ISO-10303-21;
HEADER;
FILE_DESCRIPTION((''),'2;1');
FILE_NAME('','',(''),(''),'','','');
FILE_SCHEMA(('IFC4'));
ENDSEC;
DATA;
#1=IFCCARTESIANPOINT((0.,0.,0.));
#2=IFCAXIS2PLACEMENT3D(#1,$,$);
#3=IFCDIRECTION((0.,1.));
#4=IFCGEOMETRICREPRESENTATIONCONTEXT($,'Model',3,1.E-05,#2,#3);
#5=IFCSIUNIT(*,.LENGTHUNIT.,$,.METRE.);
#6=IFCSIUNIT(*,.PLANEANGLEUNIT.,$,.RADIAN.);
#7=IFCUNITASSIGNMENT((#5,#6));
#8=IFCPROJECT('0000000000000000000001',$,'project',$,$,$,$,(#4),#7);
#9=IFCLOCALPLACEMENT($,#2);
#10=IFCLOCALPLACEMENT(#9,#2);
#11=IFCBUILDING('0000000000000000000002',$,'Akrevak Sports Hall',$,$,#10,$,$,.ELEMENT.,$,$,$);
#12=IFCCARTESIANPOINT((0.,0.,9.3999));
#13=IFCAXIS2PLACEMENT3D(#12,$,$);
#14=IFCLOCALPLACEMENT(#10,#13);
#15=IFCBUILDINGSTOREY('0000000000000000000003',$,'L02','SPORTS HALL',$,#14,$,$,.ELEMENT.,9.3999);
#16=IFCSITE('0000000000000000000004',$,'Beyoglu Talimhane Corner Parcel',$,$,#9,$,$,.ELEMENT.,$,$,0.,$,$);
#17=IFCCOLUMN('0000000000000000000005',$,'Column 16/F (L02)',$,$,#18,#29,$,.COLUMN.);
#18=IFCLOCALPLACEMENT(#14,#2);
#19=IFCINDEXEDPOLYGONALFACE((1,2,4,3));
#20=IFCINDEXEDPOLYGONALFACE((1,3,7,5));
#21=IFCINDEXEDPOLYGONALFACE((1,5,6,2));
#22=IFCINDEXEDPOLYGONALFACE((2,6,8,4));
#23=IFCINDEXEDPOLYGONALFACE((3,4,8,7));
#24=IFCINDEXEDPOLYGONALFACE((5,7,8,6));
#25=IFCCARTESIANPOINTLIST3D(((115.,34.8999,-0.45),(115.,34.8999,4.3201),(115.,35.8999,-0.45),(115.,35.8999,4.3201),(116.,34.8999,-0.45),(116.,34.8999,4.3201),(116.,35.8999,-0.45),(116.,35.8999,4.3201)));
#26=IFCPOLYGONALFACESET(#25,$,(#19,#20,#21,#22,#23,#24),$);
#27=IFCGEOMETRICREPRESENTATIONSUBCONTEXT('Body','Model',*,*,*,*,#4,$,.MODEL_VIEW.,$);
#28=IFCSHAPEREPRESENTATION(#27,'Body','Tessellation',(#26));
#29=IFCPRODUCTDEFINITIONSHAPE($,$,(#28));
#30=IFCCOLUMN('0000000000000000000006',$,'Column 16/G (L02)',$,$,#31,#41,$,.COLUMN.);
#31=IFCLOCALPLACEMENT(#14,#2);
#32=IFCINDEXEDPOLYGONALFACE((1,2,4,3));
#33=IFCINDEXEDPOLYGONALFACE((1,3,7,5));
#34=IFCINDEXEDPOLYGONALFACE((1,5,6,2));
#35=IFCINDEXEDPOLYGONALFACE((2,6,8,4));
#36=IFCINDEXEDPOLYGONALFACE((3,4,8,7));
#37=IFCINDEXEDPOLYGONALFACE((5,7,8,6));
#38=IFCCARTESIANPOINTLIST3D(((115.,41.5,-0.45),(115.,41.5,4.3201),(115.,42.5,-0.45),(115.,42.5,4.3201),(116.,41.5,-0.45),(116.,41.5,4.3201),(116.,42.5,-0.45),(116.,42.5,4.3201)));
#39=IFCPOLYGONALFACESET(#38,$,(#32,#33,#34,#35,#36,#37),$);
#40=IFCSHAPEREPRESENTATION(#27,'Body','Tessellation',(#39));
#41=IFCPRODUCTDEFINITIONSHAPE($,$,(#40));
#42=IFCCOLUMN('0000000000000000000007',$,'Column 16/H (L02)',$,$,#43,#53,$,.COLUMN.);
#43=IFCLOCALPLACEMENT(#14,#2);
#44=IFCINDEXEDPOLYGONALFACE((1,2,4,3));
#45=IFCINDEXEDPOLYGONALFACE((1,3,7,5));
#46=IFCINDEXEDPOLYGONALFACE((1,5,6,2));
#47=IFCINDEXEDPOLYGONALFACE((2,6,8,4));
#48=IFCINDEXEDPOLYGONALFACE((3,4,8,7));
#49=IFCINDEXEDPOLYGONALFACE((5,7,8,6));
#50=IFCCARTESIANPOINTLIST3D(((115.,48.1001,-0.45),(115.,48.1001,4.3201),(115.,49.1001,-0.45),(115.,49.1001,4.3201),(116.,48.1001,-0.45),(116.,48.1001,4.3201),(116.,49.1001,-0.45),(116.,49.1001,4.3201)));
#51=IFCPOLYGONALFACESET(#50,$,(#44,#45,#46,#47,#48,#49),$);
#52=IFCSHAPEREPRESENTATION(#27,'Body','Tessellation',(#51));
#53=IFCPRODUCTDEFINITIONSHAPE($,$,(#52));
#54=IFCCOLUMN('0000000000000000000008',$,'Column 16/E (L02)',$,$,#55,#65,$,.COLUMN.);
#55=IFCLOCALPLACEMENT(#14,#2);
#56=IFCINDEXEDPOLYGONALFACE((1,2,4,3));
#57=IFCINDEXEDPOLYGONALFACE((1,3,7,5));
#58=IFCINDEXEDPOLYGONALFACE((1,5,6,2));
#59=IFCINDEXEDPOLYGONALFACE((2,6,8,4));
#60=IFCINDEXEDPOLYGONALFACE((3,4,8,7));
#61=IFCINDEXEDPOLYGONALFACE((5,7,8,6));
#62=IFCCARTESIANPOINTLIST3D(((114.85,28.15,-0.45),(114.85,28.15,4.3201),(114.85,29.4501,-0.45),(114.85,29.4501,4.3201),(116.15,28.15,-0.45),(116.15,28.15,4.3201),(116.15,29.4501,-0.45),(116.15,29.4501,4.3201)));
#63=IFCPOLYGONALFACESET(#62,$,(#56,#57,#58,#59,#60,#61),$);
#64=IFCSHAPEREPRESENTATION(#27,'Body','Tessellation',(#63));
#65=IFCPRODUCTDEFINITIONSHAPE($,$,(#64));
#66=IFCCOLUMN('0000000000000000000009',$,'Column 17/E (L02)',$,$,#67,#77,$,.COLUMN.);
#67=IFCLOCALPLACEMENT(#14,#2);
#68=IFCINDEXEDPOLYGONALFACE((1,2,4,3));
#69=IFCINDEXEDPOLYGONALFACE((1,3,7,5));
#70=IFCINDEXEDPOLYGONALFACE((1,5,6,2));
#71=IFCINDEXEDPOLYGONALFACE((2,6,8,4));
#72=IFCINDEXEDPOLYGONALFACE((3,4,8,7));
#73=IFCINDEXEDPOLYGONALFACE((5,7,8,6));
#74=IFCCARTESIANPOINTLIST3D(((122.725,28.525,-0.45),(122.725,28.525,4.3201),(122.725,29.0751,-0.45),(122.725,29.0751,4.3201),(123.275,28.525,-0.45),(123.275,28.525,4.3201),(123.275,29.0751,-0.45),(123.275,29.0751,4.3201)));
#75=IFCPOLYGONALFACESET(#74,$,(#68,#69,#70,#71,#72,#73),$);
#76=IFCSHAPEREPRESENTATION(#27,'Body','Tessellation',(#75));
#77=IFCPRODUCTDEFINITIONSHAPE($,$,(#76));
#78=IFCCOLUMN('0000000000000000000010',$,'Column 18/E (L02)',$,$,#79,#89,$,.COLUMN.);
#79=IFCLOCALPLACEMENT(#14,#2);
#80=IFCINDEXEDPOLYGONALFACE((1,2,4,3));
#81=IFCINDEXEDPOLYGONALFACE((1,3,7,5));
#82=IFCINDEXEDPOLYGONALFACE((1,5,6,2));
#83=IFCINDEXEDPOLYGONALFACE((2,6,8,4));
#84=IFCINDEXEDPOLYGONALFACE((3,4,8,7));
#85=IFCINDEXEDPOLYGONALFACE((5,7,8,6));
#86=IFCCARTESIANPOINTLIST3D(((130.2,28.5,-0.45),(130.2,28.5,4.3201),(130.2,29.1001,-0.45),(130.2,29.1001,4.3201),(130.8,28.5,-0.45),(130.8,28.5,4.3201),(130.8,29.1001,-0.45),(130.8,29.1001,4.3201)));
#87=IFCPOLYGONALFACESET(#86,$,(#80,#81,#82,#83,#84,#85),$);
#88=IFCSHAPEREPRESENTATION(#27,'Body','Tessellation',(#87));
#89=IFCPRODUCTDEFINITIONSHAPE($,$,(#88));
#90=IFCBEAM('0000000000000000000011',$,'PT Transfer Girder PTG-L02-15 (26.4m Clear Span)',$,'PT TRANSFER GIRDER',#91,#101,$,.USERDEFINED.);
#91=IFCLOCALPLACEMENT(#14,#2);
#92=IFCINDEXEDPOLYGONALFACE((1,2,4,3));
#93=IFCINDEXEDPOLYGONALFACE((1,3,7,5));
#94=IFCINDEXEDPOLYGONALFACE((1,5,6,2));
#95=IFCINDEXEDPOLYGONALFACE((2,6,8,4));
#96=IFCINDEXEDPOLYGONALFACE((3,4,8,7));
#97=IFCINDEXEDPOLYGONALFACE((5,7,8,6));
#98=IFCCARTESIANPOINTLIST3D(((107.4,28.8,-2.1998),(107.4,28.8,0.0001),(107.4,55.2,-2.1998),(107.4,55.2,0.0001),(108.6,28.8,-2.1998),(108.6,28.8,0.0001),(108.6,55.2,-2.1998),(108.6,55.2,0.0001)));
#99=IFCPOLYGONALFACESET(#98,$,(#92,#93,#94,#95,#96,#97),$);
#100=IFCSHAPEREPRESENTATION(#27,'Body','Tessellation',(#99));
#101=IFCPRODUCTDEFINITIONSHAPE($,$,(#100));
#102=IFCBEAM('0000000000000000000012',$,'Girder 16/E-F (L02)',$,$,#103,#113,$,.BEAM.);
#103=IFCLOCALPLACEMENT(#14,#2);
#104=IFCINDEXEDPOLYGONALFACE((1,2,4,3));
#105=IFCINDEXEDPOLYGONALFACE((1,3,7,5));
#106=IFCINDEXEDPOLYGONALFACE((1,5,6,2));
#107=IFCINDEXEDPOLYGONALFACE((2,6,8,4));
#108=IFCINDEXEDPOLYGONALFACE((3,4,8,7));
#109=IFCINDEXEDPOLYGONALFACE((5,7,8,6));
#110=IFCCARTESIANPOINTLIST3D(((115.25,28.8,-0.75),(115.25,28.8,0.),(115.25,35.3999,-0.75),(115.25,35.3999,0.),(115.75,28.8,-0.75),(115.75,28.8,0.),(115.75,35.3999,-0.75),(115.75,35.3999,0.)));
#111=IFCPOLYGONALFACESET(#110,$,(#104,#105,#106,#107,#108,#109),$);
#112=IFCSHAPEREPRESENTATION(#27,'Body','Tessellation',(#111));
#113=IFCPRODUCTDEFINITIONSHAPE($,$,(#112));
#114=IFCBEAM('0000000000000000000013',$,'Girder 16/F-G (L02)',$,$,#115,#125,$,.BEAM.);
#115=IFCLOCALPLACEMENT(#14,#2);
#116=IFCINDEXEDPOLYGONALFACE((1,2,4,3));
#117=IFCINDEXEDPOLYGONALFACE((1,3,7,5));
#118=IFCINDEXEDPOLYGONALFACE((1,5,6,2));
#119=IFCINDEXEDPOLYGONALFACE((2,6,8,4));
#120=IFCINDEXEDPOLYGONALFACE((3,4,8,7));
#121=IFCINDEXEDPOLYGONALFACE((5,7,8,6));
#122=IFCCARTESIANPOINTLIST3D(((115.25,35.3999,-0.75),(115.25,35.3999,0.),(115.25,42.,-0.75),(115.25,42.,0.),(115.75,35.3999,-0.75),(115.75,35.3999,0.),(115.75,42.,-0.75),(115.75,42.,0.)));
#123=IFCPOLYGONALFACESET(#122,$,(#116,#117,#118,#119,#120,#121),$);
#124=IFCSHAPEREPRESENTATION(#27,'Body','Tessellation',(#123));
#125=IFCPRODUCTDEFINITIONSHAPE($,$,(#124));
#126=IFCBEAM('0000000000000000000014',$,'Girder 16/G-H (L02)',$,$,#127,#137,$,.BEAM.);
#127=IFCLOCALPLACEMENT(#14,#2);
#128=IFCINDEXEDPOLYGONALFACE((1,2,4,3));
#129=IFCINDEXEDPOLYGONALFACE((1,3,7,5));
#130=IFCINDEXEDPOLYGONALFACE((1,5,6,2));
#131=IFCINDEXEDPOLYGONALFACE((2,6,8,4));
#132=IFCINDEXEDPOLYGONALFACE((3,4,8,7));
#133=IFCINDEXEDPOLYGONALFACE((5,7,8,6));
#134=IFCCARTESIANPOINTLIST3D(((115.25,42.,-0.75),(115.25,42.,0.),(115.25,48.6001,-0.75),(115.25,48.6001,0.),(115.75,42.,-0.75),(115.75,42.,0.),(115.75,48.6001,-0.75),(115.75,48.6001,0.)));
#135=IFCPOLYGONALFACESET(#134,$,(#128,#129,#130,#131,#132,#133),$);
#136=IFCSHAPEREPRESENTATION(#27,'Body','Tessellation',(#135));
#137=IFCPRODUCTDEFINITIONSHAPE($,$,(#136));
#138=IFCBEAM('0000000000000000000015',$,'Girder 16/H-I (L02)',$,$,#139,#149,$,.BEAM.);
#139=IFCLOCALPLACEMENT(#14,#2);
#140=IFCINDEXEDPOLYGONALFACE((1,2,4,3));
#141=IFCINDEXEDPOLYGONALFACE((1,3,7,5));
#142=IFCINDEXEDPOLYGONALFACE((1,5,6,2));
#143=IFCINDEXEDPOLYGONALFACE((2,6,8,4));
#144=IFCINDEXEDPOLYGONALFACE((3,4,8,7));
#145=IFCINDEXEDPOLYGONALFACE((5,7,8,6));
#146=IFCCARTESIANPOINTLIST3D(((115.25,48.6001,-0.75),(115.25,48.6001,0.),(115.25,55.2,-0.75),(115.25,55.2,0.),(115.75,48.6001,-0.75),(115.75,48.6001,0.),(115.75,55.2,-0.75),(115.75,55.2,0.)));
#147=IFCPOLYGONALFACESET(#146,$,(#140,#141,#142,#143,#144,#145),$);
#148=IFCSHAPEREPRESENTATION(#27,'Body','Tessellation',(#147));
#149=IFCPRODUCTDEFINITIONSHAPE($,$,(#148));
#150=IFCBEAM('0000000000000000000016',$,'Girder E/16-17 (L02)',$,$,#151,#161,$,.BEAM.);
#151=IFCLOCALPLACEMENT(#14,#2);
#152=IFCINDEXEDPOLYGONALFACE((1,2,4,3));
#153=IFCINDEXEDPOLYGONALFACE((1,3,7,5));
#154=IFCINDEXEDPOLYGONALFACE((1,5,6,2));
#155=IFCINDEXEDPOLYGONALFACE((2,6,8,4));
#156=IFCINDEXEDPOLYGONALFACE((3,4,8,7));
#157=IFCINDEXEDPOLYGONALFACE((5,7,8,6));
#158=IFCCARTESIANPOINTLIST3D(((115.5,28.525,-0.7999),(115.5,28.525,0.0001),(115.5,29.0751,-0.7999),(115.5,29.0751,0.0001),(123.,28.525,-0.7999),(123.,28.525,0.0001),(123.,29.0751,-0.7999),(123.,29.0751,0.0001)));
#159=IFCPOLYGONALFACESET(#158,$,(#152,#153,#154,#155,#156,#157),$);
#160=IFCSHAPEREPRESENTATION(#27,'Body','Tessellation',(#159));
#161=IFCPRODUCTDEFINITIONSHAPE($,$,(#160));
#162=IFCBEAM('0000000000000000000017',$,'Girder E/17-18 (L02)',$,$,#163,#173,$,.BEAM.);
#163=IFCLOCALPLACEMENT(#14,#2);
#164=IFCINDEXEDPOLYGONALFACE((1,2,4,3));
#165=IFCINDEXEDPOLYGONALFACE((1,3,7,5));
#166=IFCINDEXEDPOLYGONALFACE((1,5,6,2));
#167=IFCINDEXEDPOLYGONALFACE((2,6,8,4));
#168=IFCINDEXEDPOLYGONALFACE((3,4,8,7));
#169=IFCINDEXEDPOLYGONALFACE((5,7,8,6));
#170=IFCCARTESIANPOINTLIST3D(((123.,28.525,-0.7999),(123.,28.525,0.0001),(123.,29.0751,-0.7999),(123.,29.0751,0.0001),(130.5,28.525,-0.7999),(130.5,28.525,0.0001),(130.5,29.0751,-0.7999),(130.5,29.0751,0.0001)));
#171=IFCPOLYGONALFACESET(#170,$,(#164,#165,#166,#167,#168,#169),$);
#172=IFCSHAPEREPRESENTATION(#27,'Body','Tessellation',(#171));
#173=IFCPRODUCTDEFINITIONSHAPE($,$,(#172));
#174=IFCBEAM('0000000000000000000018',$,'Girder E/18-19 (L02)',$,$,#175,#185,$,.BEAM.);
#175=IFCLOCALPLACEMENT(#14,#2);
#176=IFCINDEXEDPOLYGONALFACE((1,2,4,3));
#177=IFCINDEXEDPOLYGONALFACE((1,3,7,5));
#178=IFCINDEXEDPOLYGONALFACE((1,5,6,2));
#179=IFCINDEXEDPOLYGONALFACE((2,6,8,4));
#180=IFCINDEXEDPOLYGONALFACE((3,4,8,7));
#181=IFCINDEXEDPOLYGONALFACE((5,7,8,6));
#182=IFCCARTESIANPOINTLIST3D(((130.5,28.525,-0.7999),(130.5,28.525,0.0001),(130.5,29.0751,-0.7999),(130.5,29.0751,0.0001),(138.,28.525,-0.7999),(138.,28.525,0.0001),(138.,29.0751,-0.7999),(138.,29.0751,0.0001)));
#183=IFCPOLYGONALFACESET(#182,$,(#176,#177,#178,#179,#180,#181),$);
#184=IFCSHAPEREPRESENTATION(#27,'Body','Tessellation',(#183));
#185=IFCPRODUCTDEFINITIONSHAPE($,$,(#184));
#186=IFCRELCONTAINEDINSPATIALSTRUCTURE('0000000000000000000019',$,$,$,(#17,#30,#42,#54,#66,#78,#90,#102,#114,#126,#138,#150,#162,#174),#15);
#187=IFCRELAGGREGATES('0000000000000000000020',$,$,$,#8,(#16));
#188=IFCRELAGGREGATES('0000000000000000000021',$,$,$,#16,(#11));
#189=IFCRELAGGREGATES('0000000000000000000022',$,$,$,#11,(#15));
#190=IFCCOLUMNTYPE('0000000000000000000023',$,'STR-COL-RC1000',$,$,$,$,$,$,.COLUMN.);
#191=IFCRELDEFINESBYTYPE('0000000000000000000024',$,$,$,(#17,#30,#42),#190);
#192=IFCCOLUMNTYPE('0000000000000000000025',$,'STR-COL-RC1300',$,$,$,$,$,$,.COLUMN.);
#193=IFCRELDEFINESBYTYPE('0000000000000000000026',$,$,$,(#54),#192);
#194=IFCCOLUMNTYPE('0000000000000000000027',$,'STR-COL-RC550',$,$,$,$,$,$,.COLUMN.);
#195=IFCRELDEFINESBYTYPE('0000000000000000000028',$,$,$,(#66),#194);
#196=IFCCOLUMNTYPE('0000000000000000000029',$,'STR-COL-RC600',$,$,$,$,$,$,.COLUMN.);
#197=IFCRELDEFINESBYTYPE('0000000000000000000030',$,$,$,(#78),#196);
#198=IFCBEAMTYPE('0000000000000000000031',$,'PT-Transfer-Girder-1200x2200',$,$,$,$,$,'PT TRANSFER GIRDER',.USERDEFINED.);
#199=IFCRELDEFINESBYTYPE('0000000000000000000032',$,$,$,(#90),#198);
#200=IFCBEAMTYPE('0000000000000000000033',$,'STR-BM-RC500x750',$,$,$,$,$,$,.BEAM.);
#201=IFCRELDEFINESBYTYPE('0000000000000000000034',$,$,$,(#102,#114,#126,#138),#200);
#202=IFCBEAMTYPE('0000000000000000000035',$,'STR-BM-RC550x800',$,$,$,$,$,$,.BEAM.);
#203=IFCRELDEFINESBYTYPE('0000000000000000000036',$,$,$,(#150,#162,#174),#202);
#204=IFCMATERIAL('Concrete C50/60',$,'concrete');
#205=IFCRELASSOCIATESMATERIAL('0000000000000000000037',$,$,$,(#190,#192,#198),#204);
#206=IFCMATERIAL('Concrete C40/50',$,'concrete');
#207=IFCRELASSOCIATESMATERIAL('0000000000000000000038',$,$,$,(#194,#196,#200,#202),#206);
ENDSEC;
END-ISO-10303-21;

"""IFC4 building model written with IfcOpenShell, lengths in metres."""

from ifc_helpers import new_model, si_unit, direction, frame, origin, origin_2d, place, context, subcontext, project, spatial, rectangle, extrude, material, material_profile, profile_set, type_object, element, save


model = new_model("IFC4")

# Units and contexts
model_context = context("Model", 3, precision=1e-05, world=origin(), true_north=direction((0.0, 1.0)))
body_context = subcontext(model_context, "Body", "Model", "MODEL_VIEW")
ifc_project = project(units=[si_unit("LENGTHUNIT", "METRE"), si_unit("PLANEANGLEUNIT", "RADIAN")], contexts=[model_context])

# Site, building, storey
site_placement = place(None, origin())
site = spatial("IfcSite", under=ifc_project, at=site_placement, Name="Beyoglu Talimhane Corner Parcel", CompositionType="ELEMENT", RefElevation=0.0)
building_placement = place(site_placement, origin())
building = spatial("IfcBuilding", under=site, at=building_placement, Name="Akrevak Sports Hall", CompositionType="ELEMENT")
storey_placement = place(building_placement, frame((0.0, 0.0, 9.3999)))
storey = spatial("IfcBuildingStorey", under=building, at=storey_placement, Name="L02", Description="SPORTS HALL", CompositionType="ELEMENT", Elevation=9.3999)

# Columns
ifc_material_1 = material(Name="Concrete C50/60", Category="concrete")
ifc_material_profile_1 = material_profile(ifc_material_1, rectangle(XDim=1.0, YDim=1.0, at=origin_2d()), Name="RC 1000x1000", Category="concrete")
ifc_profile_set_1 = profile_set([ifc_material_profile_1], Name="Concrete C50/60")
column_type_1 = type_object("IfcColumnType", Name="STR-COL-RC1000", PredefinedType="COLUMN", material=ifc_profile_set_1)
for number, where, z_axis, x_axis, name in (
    (1, (115.5, 35.3999, -0.45), (0.0, 0.0, 1.0), (1.0, 0.0, 0.0), "Column 16/F (L02)"),
    (2, (115.5, 42.0, -0.45), (0.0, 0.0, 1.0), (1.0, 0.0, 0.0), "Column 16/G (L02)"),
    (3, (115.5, 48.6001, -0.45), (0.0, 0.0, 1.0), (1.0, 0.0, 0.0), "Column 16/H (L02)"),
):
    element("IfcColumn", number, at=place(storey_placement, frame(where, z_axis=z_axis, x_axis=x_axis)), inside=storey, type_object=column_type_1, Name=name, PredefinedType="COLUMN", context=body_context, shape_type="SweptSolid", body=[
        extrude(rectangle(XDim=1.0, YDim=1.0, at=origin_2d()), origin(), (0.0, 0.0, 1.0), 4.77),
    ])
ifc_material_profile_2 = material_profile(ifc_material_1, rectangle(XDim=1.3, YDim=1.3, at=origin_2d()), Name="RC 1300x1300", Category="concrete")
ifc_profile_set_2 = profile_set([ifc_material_profile_2], Name="Concrete C50/60")
column_type_2 = type_object("IfcColumnType", Name="STR-COL-RC1300", PredefinedType="COLUMN", material=ifc_profile_set_2)
column_1_placement = place(storey_placement, frame((115.5, 28.8, -0.45), z_axis=(0.0, 0.0, 1.0), x_axis=(1.0, 0.0, 0.0)))
element("IfcColumn", 4, at=column_1_placement, inside=storey, type_object=column_type_2, Name="Column 16/E (L02)", PredefinedType="COLUMN", context=body_context, shape_type="SweptSolid", body=[
    extrude(rectangle(XDim=1.3, YDim=1.3, at=origin_2d()), origin(), (0.0, 0.0, 1.0), 4.77),
])
ifc_material_2 = material(Name="Concrete C40/50", Category="concrete")
ifc_material_profile_3 = material_profile(ifc_material_2, rectangle(XDim=0.55, YDim=0.55, at=origin_2d()), Name="RC 550x550", Category="concrete")
ifc_profile_set_3 = profile_set([ifc_material_profile_3], Name="Concrete C40/50")
column_type_3 = type_object("IfcColumnType", Name="STR-COL-RC550", PredefinedType="COLUMN", material=ifc_profile_set_3)
column_2_placement = place(storey_placement, frame((123.0, 28.8, -0.45), z_axis=(0.0, 0.0, 1.0), x_axis=(1.0, 0.0, 0.0)))
element("IfcColumn", 5, at=column_2_placement, inside=storey, type_object=column_type_3, Name="Column 17/E (L02)", PredefinedType="COLUMN", context=body_context, shape_type="SweptSolid", body=[
    extrude(rectangle(XDim=0.55, YDim=0.55, at=origin_2d()), origin(), (0.0, 0.0, 1.0), 4.77),
])
ifc_material_profile_4 = material_profile(ifc_material_2, rectangle(XDim=0.6001, YDim=0.6001, at=origin_2d()), Name="RC 600x600", Category="concrete")
ifc_profile_set_4 = profile_set([ifc_material_profile_4], Name="Concrete C40/50")
column_type_4 = type_object("IfcColumnType", Name="STR-COL-RC600", PredefinedType="COLUMN", material=ifc_profile_set_4)
column_3_placement = place(storey_placement, frame((130.5, 28.8, -0.45), z_axis=(0.0, 0.0, 1.0), x_axis=(1.0, 0.0, 0.0)))
element("IfcColumn", 6, at=column_3_placement, inside=storey, type_object=column_type_4, Name="Column 18/E (L02)", PredefinedType="COLUMN", context=body_context, shape_type="SweptSolid", body=[
    extrude(rectangle(XDim=0.6001, YDim=0.6001, at=origin_2d()), origin(), (0.0, 0.0, 1.0), 4.77),
])

# Beams
ifc_material_profile_5 = material_profile(ifc_material_1, rectangle(XDim=1.2, YDim=2.2, at=origin_2d()), Name="PTG 1200x2200", Category="concrete")
ifc_profile_set_5 = profile_set([ifc_material_profile_5], Name="Concrete C50/60")
beam_type_1 = type_object("IfcBeamType", Name="PT-Transfer-Girder-1200x2200", ElementType="PT TRANSFER GIRDER", PredefinedType="USERDEFINED", material=ifc_profile_set_5)
beam_1_placement = place(storey_placement, frame((108.0, 28.8, -1.0999), z_axis=(0.0, 1.0, 0.0), x_axis=(-1.0, 0.0, 0.0)))
element("IfcBeam", 7, at=beam_1_placement, inside=storey, type_object=beam_type_1, Name="PT Transfer Girder PTG-L02-15 (26.4m Clear Span)", ObjectType="PT TRANSFER GIRDER", PredefinedType="USERDEFINED", context=body_context, shape_type="SweptSolid", body=[
    extrude(rectangle(XDim=1.2, YDim=2.2, at=origin_2d()), origin(), (0.0, 0.0, 1.0), 26.3999),
])
ifc_material_profile_6 = material_profile(ifc_material_2, rectangle(XDim=0.5, YDim=0.75, at=origin_2d()), Name="BM 500x750", Category="concrete")
ifc_profile_set_6 = profile_set([ifc_material_profile_6], Name="Concrete C40/50")
beam_type_2 = type_object("IfcBeamType", Name="STR-BM-RC500x750", PredefinedType="BEAM", material=ifc_profile_set_6)
beam_2_placement = place(storey_placement, frame((115.5, 28.8, -0.375), z_axis=(0.0, 1.0, 0.0), x_axis=(-1.0, 0.0, 0.0)))
element("IfcBeam", 8, at=beam_2_placement, inside=storey, type_object=beam_type_2, Name="Girder 16/E-F (L02)", PredefinedType="BEAM", context=body_context, shape_type="SweptSolid", body=[
    extrude(rectangle(XDim=0.5, YDim=0.75, at=origin_2d()), origin(), (0.0, 0.0, 1.0), 6.5999),
])
for number, where, z_axis, x_axis, name in (
    (9, (115.5, 35.3999, -0.375), (0.0, 1.0, 0.0), (-1.0, 0.0, 0.0), "Girder 16/F-G (L02)"),
    (10, (115.5, 42.0, -0.375), (0.0, 1.0, 0.0), (-1.0, 0.0, 0.0), "Girder 16/G-H (L02)"),
):
    element("IfcBeam", number, at=place(storey_placement, frame(where, z_axis=z_axis, x_axis=x_axis)), inside=storey, type_object=beam_type_2, Name=name, PredefinedType="BEAM", context=body_context, shape_type="SweptSolid", body=[
        extrude(rectangle(XDim=0.5, YDim=0.75, at=origin_2d()), origin(), (0.0, 0.0, 1.0), 6.6001),
    ])
beam_3_placement = place(storey_placement, frame((115.5, 48.6001, -0.375), z_axis=(0.0, 1.0, 0.0), x_axis=(-1.0, 0.0, 0.0)))
element("IfcBeam", 11, at=beam_3_placement, inside=storey, type_object=beam_type_2, Name="Girder 16/H-I (L02)", PredefinedType="BEAM", context=body_context, shape_type="SweptSolid", body=[
    extrude(rectangle(XDim=0.5, YDim=0.75, at=origin_2d()), origin(), (0.0, 0.0, 1.0), 6.5999),
])
ifc_material_profile_7 = material_profile(ifc_material_2, rectangle(XDim=0.55, YDim=0.8, at=origin_2d()), Name="BM 550x800", Category="concrete")
ifc_profile_set_7 = profile_set([ifc_material_profile_7], Name="Concrete C40/50")
beam_type_3 = type_object("IfcBeamType", Name="STR-BM-RC550x800", PredefinedType="BEAM", material=ifc_profile_set_7)
for number, where, z_axis, x_axis, name in (
    (12, (115.5, 28.8, -0.3999), (1.0, 0.0, 0.0), (0.0, 1.0, 0.0), "Girder E/16-17 (L02)"),
    (13, (123.0, 28.8, -0.3999), (1.0, 0.0, 0.0), (0.0, 1.0, 0.0), "Girder E/17-18 (L02)"),
    (14, (130.5, 28.8, -0.3999), (1.0, 0.0, 0.0), (0.0, 1.0, 0.0), "Girder E/18-19 (L02)"),
):
    element("IfcBeam", number, at=place(storey_placement, frame(where, z_axis=z_axis, x_axis=x_axis)), inside=storey, type_object=beam_type_3, Name=name, PredefinedType="BEAM", context=body_context, shape_type="SweptSolid", body=[
        extrude(rectangle(XDim=0.55, YDim=0.8, at=origin_2d()), origin(), (0.0, 0.0, 1.0), 7.5),
    ])

save(model, "model.ifc")
